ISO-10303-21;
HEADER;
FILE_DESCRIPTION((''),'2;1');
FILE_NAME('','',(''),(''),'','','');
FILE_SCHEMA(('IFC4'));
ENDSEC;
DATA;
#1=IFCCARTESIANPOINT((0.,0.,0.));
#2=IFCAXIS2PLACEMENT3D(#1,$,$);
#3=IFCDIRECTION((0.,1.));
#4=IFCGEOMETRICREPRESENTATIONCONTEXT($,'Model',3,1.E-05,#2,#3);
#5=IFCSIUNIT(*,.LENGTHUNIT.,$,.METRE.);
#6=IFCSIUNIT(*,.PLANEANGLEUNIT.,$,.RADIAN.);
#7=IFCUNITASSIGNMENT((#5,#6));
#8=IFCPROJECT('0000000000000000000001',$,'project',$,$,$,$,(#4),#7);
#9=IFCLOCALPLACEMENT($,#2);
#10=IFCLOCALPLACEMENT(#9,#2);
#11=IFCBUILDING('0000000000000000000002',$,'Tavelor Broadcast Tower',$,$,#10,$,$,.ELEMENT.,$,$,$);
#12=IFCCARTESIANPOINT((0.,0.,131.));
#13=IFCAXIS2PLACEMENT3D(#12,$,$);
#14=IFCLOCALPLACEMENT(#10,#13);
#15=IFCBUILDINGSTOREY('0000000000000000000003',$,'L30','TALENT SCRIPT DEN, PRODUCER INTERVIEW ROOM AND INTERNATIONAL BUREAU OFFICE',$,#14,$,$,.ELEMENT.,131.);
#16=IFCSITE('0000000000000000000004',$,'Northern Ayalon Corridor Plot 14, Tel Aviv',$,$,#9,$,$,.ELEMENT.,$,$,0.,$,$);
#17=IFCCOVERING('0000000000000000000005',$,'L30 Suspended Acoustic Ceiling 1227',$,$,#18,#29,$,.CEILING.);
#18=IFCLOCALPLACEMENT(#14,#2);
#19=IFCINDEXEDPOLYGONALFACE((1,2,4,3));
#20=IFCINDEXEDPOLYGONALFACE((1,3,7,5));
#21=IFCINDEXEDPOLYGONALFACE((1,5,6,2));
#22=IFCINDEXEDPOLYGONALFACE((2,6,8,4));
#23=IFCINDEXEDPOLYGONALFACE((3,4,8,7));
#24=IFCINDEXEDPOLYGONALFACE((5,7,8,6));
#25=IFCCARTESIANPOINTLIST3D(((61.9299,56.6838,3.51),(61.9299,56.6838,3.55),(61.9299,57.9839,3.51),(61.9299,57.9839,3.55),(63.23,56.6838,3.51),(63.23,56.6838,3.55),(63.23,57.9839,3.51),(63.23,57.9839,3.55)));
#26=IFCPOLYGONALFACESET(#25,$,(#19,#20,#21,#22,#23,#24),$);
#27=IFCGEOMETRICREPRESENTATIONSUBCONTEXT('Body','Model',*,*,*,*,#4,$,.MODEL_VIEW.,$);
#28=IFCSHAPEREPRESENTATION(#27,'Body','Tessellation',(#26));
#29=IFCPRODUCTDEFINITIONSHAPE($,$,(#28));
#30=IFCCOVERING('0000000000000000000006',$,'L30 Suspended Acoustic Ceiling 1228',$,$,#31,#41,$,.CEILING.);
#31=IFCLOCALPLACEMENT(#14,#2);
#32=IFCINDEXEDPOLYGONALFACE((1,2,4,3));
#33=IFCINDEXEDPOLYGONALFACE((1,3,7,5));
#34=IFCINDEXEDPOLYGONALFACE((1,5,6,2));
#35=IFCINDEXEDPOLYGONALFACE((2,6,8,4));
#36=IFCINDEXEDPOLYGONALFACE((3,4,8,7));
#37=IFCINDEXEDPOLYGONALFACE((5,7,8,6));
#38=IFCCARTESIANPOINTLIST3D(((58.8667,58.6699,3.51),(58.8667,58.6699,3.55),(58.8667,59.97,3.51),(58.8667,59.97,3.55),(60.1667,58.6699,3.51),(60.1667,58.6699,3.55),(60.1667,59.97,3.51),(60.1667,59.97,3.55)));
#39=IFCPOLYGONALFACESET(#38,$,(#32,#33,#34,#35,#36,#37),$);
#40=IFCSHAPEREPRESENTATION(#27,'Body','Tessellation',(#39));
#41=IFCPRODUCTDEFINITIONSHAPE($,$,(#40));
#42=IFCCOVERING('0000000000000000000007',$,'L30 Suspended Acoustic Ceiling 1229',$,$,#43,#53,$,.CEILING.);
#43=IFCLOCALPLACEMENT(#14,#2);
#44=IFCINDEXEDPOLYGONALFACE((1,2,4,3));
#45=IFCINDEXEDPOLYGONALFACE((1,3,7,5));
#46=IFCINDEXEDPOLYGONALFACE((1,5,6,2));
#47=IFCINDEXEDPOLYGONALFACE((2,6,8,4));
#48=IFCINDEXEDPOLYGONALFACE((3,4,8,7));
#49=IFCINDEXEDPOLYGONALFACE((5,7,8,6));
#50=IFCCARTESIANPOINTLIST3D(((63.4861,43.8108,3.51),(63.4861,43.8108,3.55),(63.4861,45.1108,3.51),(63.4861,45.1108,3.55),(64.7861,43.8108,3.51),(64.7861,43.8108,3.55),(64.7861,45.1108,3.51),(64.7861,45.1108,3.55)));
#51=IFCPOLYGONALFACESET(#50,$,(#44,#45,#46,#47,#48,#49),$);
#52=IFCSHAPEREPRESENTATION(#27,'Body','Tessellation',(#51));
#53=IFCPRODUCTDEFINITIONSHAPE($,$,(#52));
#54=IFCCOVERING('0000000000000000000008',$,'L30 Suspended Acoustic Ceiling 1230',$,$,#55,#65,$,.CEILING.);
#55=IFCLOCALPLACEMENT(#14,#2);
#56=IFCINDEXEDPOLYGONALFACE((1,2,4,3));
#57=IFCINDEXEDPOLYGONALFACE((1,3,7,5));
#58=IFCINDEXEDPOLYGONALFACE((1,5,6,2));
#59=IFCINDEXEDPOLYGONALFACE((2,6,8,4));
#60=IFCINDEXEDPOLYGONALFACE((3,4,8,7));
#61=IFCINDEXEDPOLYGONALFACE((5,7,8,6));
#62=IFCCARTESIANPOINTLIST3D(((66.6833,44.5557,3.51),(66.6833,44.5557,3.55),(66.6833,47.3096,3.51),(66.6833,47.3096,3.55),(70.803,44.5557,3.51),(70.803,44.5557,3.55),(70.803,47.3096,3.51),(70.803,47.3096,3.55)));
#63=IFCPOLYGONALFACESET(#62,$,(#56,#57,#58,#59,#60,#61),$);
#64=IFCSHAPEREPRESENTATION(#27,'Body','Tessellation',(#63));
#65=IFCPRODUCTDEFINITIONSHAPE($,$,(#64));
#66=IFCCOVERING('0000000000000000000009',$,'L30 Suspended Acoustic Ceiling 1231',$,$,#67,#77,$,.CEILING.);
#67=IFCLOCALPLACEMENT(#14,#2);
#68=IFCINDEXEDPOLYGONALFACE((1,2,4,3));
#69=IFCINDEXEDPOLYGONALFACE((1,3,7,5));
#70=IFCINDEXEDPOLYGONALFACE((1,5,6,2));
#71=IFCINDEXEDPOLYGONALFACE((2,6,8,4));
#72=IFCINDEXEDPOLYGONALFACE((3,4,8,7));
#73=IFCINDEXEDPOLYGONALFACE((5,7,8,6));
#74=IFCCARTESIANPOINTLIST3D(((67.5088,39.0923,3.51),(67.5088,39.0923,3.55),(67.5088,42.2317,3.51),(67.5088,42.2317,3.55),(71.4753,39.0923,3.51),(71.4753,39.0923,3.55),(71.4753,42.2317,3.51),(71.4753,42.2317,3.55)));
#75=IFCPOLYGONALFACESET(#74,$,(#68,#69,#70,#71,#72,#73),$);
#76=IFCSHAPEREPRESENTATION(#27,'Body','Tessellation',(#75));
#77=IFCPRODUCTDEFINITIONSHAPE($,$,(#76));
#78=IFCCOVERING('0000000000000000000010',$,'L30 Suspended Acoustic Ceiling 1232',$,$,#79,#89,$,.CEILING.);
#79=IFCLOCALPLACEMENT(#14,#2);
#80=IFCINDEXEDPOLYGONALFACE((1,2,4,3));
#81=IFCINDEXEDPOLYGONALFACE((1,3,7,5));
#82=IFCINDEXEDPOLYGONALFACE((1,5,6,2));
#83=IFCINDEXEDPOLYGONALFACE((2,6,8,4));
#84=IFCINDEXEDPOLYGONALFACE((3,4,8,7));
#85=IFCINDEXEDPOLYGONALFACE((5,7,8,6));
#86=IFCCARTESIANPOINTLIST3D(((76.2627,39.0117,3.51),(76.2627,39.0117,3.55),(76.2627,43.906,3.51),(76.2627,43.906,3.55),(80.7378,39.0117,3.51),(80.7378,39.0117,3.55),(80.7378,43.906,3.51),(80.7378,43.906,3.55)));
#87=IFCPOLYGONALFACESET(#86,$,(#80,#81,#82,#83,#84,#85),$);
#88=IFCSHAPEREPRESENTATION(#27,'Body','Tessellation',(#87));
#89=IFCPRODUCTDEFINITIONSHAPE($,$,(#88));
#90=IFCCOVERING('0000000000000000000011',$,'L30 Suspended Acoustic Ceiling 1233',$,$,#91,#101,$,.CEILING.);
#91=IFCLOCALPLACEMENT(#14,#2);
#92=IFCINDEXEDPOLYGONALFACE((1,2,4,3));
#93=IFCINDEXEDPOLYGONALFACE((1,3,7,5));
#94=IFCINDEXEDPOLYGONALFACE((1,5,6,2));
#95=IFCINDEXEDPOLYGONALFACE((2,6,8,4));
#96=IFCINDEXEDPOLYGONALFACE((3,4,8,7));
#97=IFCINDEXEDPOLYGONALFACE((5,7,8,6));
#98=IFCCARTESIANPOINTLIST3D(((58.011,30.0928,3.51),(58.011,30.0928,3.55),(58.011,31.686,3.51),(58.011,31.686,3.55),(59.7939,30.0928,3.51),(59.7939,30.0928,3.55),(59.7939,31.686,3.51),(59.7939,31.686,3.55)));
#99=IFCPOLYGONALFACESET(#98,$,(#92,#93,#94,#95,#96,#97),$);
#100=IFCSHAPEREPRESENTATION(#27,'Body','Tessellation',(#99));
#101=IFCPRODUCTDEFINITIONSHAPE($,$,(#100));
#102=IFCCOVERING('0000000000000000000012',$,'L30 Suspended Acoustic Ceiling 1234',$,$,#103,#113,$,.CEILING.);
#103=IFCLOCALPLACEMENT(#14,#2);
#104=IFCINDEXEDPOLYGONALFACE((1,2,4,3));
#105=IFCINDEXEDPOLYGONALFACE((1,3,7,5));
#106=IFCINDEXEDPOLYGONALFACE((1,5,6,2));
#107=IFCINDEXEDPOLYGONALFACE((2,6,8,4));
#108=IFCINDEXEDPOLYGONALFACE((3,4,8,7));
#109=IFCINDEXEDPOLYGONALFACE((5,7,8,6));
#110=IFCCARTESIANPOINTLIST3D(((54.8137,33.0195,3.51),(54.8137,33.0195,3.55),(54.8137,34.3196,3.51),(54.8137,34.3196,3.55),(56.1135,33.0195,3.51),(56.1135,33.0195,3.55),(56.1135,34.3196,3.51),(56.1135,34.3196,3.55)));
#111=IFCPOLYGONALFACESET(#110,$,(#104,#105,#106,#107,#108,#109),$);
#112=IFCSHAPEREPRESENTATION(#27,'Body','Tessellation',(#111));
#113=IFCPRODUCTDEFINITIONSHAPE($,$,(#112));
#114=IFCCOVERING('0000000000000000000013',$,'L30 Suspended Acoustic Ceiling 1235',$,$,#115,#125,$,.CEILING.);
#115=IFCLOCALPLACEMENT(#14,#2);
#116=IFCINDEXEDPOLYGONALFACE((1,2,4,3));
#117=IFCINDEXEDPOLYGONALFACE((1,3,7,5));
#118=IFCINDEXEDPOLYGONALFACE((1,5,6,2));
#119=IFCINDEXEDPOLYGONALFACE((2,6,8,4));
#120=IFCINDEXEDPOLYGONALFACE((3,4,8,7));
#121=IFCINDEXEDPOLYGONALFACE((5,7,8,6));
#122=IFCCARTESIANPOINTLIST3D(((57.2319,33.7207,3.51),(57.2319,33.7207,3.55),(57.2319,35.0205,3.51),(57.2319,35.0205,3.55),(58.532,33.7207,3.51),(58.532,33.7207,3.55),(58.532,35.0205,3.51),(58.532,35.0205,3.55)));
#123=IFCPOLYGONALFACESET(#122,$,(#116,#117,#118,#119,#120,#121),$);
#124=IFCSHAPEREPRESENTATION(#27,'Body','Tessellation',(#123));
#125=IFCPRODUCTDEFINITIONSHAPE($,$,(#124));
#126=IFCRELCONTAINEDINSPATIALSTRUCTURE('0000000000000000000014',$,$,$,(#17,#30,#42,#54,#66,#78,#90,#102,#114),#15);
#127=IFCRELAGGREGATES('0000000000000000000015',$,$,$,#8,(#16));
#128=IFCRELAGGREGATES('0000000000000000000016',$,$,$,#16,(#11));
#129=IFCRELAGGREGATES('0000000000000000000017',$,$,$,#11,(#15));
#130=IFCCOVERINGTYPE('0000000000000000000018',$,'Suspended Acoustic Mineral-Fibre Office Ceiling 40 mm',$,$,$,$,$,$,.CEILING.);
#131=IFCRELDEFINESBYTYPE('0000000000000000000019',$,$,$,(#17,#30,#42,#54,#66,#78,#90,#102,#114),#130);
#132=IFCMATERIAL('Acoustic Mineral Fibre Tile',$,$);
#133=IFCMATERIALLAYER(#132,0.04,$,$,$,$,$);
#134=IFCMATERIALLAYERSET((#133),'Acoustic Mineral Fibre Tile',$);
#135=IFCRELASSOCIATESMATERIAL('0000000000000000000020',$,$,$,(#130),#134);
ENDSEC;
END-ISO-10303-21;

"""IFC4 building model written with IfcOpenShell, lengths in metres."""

from ifc_helpers import new_model, si_unit, direction, frame, origin, place, context, subcontext, project, spatial, polyline, outline, extrude, material, layer, layer_set, type_object, element, save


model = new_model("IFC4")

# Units and contexts
model_context = context("Model", 3, precision=1e-05, world=origin(), true_north=direction((0.0, 1.0)))
body_context = subcontext(model_context, "Body", "Model", "MODEL_VIEW")
ifc_project = project(units=[si_unit("LENGTHUNIT", "METRE"), si_unit("PLANEANGLEUNIT", "RADIAN")], contexts=[model_context])

# Site, building, storey
site_placement = place(None, origin())
site = spatial("IfcSite", under=ifc_project, at=site_placement, Name="Northern Ayalon Corridor Plot 14, Tel Aviv", CompositionType="ELEMENT", RefElevation=0.0)
building_placement = place(site_placement, origin())
building = spatial("IfcBuilding", under=site, at=building_placement, Name="Tavelor Broadcast Tower", CompositionType="ELEMENT")
storey_placement = place(building_placement, frame((0.0, 0.0, 131.0)))
storey = spatial("IfcBuildingStorey", under=building, at=storey_placement, Name="L30", Description="TALENT SCRIPT DEN, PRODUCER INTERVIEW ROOM AND INTERNATIONAL BUREAU OFFICE", CompositionType="ELEMENT", Elevation=131.0)

# Coverings
ifc_material_1 = material(Name="Acoustic Mineral Fibre Tile")
ifc_layer_1 = layer(ifc_material_1, 0.04)
ifc_layer_set_1 = layer_set([ifc_layer_1], Name="Acoustic Mineral Fibre Tile")
covering_type_1 = type_object("IfcCoveringType", Name="Suspended Acoustic Mineral-Fibre Office Ceiling 40 mm", PredefinedType="CEILING", material=ifc_layer_set_1)
covering_1_placement = place(storey_placement, frame((0.0, 0.0, 3.51)))
element("IfcCovering", 1, at=covering_1_placement, inside=storey, type_object=covering_type_1, Name="L30 Suspended Acoustic Ceiling 1227", PredefinedType="CEILING", context=body_context, shape_type="SweptSolid", body=[
    extrude(outline(polyline([(61.9299, 56.6838), (63.23, 56.6838), (63.23, 57.9839), (61.9299, 57.9839), (61.9299, 56.6838)])), origin(), (0.0, 0.0, 1.0), 0.04),
])
covering_2_placement = place(storey_placement, frame((0.0, 0.0, 3.51)))
element("IfcCovering", 2, at=covering_2_placement, inside=storey, type_object=covering_type_1, Name="L30 Suspended Acoustic Ceiling 1228", PredefinedType="CEILING", context=body_context, shape_type="SweptSolid", body=[
    extrude(outline(polyline([(58.8667, 58.6699), (60.1667, 58.6699), (60.1667, 59.97), (58.8667, 59.97), (58.8667, 58.6699)])), origin(), (0.0, 0.0, 1.0), 0.04),
])
covering_3_placement = place(storey_placement, frame((0.0, 0.0, 3.51)))
element("IfcCovering", 3, at=covering_3_placement, inside=storey, type_object=covering_type_1, Name="L30 Suspended Acoustic Ceiling 1229", PredefinedType="CEILING", context=body_context, shape_type="SweptSolid", body=[
    extrude(outline(polyline([(63.4861, 43.8108), (64.7861, 43.8108), (64.7861, 45.1108), (63.4861, 45.1108), (63.4861, 43.8108)])), origin(), (0.0, 0.0, 1.0), 0.04),
])
covering_4_placement = place(storey_placement, frame((0.0, 0.0, 3.51)))
element("IfcCovering", 4, at=covering_4_placement, inside=storey, type_object=covering_type_1, Name="L30 Suspended Acoustic Ceiling 1230", PredefinedType="CEILING", context=body_context, shape_type="SweptSolid", body=[
    extrude(outline(polyline([(66.6833, 44.5557), (70.803, 44.5557), (70.803, 47.3096), (66.6833, 47.3096), (66.6833, 44.5557)])), origin(), (0.0, 0.0, 1.0), 0.04),
])
covering_5_placement = place(storey_placement, frame((0.0, 0.0, 3.51)))
element("IfcCovering", 5, at=covering_5_placement, inside=storey, type_object=covering_type_1, Name="L30 Suspended Acoustic Ceiling 1231", PredefinedType="CEILING", context=body_context, shape_type="SweptSolid", body=[
    extrude(outline(polyline([(67.5088, 39.0923), (71.4753, 39.0923), (71.4753, 42.2317), (67.5088, 42.2317), (67.5088, 39.0923)])), origin(), (0.0, 0.0, 1.0), 0.04),
])
covering_6_placement = place(storey_placement, frame((0.0, 0.0, 3.51)))
element("IfcCovering", 6, at=covering_6_placement, inside=storey, type_object=covering_type_1, Name="L30 Suspended Acoustic Ceiling 1232", PredefinedType="CEILING", context=body_context, shape_type="SweptSolid", body=[
    extrude(outline(polyline([(76.2627, 39.0117), (80.7378, 39.0117), (80.7378, 43.906), (76.2627, 43.906), (76.2627, 39.0117)])), origin(), (0.0, 0.0, 1.0), 0.04),
])
covering_7_placement = place(storey_placement, frame((0.0, 0.0, 3.51)))
element("IfcCovering", 7, at=covering_7_placement, inside=storey, type_object=covering_type_1, Name="L30 Suspended Acoustic Ceiling 1233", PredefinedType="CEILING", context=body_context, shape_type="SweptSolid", body=[
    extrude(outline(polyline([(58.011, 30.0928), (59.7939, 30.0928), (59.7939, 31.686), (58.011, 31.686), (58.011, 30.0928)])), origin(), (0.0, 0.0, 1.0), 0.04),
])
covering_8_placement = place(storey_placement, frame((0.0, 0.0, 3.51)))
element("IfcCovering", 8, at=covering_8_placement, inside=storey, type_object=covering_type_1, Name="L30 Suspended Acoustic Ceiling 1234", PredefinedType="CEILING", context=body_context, shape_type="SweptSolid", body=[
    extrude(outline(polyline([(54.8137, 33.0195), (56.1135, 33.0195), (56.1135, 34.3196), (54.8137, 34.3196), (54.8137, 33.0195)])), origin(), (0.0, 0.0, 1.0), 0.04),
])
covering_9_placement = place(storey_placement, frame((0.0, 0.0, 3.51)))
element("IfcCovering", 9, at=covering_9_placement, inside=storey, type_object=covering_type_1, Name="L30 Suspended Acoustic Ceiling 1235", PredefinedType="CEILING", context=body_context, shape_type="SweptSolid", body=[
    extrude(outline(polyline([(57.2319, 33.7207), (58.532, 33.7207), (58.532, 35.0205), (57.2319, 35.0205), (57.2319, 33.7207)])), origin(), (0.0, 0.0, 1.0), 0.04),
])

save(model, "model.ifc")
